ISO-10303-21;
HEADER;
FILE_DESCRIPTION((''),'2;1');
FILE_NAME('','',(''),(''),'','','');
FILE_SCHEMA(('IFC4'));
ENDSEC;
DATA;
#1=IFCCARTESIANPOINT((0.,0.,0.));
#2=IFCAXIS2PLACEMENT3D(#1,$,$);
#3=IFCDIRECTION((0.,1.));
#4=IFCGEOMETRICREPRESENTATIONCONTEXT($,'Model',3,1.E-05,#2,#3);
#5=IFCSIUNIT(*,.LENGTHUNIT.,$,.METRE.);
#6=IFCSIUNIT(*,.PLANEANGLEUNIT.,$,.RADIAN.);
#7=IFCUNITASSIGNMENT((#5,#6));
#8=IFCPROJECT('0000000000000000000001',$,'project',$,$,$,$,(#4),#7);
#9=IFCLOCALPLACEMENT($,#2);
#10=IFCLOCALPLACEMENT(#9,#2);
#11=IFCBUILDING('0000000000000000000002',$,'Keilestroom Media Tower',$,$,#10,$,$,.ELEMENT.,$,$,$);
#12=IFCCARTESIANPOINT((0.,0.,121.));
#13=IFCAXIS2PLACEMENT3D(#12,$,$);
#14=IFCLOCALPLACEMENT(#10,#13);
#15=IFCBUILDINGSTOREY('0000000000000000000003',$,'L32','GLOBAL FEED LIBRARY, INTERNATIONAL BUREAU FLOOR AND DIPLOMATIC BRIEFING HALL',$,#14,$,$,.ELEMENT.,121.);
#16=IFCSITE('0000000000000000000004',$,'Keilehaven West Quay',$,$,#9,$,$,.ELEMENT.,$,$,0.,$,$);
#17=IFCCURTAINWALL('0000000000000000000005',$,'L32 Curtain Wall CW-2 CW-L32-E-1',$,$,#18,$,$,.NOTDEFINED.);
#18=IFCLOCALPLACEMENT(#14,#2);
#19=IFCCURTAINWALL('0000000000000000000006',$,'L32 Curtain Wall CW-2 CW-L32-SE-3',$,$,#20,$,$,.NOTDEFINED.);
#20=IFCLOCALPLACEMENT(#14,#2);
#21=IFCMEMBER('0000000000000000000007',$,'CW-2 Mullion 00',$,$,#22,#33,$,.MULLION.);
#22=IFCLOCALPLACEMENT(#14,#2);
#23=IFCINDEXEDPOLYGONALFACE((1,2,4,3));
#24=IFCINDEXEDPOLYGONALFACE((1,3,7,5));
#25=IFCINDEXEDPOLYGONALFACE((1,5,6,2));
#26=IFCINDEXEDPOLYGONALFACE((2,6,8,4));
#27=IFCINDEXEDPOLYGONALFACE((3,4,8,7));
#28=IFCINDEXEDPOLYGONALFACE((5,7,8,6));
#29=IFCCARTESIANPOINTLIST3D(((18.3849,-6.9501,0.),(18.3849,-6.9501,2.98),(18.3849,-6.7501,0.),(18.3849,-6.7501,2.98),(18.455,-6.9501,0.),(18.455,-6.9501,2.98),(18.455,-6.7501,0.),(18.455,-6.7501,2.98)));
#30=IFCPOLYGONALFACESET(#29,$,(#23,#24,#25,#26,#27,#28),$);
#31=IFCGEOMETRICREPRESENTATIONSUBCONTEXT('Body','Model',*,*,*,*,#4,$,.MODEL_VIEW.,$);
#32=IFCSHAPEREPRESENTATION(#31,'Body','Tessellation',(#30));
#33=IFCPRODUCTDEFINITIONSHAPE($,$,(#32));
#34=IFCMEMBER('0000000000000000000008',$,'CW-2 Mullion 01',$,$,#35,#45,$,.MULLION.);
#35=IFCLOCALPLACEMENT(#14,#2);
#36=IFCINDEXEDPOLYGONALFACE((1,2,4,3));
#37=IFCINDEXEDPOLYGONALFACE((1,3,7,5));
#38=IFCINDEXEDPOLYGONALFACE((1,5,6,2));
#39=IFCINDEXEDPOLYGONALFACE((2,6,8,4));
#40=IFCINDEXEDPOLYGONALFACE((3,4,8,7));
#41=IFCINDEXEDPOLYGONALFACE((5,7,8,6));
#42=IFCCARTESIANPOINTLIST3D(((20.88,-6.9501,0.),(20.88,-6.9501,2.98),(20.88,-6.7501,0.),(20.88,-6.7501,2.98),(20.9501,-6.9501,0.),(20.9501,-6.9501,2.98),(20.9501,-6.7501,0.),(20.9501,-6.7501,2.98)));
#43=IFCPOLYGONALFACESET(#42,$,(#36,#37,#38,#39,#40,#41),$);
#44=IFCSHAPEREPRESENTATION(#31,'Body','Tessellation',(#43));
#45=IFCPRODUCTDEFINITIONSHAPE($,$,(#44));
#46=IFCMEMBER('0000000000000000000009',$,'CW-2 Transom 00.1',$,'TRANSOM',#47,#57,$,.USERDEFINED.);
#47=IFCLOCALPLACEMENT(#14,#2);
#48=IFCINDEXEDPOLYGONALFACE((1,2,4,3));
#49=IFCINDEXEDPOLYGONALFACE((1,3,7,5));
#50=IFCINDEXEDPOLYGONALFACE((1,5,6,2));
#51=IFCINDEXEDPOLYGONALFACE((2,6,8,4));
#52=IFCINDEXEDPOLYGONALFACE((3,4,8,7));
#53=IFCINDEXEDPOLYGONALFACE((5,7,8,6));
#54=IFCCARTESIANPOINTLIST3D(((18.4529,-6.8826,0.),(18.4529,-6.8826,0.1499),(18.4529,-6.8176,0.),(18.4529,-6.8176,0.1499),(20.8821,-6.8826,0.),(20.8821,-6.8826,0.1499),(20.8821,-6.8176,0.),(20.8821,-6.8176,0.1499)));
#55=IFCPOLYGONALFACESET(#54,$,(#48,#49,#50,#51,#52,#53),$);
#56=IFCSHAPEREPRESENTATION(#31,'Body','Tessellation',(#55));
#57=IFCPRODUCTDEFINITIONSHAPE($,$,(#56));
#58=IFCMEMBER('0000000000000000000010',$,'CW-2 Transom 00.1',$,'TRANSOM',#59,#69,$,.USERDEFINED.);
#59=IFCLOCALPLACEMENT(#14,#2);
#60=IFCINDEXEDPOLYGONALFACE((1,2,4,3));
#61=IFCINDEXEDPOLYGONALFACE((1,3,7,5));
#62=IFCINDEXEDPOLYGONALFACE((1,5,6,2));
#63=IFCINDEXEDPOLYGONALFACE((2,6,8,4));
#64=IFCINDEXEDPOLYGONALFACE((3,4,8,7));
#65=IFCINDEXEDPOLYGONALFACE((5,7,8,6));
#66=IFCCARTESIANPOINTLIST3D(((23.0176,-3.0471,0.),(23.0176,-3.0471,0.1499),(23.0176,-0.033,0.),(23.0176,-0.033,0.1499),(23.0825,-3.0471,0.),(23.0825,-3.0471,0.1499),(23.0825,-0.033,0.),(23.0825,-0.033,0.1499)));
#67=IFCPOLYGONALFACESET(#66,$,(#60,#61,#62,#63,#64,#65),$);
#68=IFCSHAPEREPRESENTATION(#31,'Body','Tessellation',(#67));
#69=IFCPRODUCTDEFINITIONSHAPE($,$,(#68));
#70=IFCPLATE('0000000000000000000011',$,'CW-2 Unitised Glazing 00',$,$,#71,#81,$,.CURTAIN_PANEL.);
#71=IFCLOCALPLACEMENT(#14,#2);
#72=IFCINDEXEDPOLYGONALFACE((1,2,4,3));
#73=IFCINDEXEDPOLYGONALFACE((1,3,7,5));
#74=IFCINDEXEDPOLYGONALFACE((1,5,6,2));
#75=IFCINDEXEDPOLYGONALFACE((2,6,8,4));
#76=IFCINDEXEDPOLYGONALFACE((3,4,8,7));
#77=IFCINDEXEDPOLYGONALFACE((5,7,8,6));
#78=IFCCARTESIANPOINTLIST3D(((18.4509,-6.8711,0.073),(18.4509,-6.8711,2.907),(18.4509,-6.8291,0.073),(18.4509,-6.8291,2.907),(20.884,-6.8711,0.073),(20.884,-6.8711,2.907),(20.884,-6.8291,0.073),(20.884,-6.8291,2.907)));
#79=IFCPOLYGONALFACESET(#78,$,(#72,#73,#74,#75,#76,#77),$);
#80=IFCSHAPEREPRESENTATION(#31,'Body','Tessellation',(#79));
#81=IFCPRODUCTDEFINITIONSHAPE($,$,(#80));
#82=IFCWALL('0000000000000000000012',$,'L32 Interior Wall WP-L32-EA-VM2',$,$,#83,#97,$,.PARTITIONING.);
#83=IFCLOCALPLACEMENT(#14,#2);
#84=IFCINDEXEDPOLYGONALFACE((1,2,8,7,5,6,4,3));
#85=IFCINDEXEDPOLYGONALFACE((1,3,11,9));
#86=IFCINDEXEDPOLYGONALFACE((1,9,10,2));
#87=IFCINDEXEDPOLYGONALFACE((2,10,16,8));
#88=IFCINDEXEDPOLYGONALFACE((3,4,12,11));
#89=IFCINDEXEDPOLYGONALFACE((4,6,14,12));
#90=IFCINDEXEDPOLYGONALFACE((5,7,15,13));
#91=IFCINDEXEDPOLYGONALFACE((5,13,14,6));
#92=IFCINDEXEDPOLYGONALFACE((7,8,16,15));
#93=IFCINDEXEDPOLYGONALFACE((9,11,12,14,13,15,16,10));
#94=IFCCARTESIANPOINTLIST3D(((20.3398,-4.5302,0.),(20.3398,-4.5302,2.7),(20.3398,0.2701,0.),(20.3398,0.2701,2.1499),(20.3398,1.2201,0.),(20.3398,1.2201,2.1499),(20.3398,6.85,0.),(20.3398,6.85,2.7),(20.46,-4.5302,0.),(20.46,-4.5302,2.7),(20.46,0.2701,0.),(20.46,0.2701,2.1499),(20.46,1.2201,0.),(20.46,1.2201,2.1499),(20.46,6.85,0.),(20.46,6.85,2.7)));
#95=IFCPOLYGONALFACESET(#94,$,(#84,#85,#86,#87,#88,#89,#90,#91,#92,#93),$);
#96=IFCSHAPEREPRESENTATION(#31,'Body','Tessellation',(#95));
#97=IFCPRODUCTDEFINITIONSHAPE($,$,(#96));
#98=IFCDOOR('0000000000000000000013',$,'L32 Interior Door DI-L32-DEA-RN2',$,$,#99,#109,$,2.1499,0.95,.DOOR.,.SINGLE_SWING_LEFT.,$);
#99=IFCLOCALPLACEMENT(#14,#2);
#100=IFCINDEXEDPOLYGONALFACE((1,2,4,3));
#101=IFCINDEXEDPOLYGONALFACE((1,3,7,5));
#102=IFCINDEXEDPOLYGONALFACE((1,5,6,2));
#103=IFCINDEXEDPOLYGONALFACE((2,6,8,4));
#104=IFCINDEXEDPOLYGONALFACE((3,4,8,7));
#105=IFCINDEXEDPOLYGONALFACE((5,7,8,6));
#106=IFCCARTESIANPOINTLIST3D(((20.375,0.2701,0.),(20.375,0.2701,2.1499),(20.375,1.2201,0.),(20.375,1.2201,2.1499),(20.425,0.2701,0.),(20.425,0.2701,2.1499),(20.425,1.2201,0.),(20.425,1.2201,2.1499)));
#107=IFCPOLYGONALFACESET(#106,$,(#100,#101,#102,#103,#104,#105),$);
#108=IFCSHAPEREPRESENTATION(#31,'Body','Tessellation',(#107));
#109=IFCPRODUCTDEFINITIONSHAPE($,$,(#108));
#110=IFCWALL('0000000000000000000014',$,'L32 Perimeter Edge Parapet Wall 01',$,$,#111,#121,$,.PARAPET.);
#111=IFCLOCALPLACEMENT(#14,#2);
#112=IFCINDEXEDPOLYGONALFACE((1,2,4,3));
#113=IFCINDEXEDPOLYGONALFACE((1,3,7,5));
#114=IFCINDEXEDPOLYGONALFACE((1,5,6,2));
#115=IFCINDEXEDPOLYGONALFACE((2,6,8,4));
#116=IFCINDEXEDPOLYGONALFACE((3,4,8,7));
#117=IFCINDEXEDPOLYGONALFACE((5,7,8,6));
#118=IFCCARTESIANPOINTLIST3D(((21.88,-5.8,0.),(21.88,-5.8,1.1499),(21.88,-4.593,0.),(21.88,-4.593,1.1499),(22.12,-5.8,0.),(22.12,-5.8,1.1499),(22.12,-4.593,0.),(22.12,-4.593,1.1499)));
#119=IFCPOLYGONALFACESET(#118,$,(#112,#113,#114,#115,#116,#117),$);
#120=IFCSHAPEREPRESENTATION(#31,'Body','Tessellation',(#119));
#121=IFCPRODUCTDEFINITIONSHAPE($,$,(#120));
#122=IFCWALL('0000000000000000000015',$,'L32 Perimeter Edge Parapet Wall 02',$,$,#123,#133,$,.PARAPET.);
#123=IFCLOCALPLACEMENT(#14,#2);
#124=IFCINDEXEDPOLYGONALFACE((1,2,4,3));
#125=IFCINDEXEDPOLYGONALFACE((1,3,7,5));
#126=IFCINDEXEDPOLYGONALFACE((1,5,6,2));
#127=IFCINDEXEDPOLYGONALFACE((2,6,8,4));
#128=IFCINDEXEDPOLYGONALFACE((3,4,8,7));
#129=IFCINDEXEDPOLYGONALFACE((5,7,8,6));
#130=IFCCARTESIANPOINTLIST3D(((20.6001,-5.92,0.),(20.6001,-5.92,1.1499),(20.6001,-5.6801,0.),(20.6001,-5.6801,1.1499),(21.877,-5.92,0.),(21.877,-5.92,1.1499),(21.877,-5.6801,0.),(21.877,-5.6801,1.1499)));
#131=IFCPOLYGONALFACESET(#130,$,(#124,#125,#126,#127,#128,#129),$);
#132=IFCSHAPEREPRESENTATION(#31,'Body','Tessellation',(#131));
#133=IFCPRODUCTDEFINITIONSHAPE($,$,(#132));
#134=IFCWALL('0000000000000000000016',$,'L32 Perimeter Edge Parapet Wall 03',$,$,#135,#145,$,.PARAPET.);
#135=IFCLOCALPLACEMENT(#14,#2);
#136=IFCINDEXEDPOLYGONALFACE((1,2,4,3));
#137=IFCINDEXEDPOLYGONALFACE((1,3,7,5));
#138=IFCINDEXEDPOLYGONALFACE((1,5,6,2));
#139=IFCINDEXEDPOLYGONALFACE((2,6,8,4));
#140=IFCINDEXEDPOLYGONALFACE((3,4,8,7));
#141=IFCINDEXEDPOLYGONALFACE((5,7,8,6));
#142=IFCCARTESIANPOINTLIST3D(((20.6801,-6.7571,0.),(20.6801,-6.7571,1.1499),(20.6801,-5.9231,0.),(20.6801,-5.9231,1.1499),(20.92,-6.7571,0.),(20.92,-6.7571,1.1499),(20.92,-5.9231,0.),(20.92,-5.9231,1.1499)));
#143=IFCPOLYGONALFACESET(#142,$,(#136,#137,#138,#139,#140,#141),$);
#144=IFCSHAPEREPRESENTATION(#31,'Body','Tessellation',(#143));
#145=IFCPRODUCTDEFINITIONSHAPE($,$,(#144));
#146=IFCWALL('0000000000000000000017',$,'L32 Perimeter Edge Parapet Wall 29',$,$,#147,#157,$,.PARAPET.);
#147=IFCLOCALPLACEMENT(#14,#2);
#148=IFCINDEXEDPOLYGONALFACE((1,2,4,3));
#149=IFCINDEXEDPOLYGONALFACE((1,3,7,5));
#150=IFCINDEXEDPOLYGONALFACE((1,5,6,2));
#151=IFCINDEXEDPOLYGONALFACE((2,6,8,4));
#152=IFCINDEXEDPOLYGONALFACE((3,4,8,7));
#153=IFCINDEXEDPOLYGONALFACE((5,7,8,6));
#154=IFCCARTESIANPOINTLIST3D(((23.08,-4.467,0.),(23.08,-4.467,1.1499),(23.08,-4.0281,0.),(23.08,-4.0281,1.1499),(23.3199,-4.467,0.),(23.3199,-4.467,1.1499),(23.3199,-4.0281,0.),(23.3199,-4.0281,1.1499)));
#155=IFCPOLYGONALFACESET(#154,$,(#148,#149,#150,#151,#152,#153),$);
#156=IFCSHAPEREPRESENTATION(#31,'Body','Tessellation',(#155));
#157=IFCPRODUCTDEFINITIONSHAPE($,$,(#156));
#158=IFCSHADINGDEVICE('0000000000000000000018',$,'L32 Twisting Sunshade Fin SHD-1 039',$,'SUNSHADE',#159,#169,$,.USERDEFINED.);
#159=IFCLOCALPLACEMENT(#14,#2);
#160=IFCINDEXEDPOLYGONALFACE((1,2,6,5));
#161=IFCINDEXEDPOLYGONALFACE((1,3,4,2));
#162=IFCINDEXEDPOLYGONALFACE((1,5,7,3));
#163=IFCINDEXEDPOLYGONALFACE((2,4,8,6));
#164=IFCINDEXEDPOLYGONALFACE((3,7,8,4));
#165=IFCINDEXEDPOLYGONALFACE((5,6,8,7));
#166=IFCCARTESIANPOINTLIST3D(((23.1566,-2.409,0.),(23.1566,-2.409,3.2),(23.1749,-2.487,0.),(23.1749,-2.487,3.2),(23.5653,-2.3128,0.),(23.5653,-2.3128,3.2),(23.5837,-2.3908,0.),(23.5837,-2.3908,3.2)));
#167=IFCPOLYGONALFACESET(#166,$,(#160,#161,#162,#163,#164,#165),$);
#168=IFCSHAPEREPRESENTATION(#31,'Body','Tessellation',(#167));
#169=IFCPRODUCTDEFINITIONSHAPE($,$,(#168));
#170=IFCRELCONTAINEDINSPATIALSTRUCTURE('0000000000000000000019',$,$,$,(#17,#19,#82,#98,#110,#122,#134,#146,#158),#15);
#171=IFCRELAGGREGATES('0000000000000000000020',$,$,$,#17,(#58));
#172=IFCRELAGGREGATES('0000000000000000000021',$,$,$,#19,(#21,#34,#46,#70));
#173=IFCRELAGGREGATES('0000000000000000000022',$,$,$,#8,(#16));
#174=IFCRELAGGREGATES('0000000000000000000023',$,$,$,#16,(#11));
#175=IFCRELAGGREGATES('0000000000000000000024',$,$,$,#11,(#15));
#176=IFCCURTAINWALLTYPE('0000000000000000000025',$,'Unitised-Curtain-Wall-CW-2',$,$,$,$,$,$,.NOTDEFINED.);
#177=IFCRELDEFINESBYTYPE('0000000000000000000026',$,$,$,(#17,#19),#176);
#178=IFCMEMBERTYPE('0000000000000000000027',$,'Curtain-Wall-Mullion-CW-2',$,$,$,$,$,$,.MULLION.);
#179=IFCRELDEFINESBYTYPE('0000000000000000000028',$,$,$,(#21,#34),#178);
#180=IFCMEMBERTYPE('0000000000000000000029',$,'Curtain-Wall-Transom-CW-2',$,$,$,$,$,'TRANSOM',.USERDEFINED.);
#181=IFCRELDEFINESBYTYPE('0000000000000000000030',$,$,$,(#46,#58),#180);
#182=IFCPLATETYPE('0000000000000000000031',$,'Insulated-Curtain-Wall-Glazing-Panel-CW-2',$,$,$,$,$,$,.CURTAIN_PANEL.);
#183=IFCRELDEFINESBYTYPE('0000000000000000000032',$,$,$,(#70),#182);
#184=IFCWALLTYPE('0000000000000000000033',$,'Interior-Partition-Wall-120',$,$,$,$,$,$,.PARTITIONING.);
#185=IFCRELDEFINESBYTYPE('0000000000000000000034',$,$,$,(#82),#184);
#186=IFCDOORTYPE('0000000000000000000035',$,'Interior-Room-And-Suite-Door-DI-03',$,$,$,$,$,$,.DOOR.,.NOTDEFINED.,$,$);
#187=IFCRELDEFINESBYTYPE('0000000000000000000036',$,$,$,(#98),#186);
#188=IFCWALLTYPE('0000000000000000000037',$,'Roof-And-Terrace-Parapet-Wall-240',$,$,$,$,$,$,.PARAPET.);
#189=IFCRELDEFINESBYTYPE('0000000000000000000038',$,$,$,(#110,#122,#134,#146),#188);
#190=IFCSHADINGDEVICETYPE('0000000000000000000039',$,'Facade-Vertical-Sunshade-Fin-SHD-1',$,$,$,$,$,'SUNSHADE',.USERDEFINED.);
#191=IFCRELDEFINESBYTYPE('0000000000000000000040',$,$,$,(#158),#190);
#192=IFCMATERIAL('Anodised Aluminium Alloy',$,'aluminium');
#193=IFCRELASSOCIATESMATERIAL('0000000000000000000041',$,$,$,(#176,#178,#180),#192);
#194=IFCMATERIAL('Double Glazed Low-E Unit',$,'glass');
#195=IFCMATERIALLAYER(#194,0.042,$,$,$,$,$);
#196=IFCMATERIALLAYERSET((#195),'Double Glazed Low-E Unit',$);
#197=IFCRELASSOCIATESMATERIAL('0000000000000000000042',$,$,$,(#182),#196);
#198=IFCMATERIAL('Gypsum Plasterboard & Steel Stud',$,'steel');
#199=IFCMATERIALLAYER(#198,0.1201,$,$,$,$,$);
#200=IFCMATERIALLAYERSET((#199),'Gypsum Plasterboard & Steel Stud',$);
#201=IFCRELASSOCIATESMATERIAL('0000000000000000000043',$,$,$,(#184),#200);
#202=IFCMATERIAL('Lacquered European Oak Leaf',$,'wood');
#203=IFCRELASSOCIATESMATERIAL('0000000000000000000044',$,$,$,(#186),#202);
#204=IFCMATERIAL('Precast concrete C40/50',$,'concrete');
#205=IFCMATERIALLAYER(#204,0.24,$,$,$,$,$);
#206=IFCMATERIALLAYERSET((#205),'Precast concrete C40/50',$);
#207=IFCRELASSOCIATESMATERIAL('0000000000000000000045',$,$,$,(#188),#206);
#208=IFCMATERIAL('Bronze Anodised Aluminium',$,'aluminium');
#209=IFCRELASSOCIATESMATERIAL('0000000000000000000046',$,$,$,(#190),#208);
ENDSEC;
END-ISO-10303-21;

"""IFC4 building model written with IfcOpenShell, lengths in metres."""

from ifc_helpers import new_model, si_unit, direction, frame, frame_2d, origin, origin_2d, place, context, subcontext, project, spatial, rectangle, extrude, source, transform, mapped, material, layer, layer_set, material_profile, profile_set, type_object, element, fill, aggregate, save


model = new_model("IFC4")

# Units and contexts
model_context = context("Model", 3, precision=1e-05, world=origin(), true_north=direction((0.0, 1.0)))
body_context = subcontext(model_context, "Body", "Model", "MODEL_VIEW")
ifc_project = project(units=[si_unit("LENGTHUNIT", "METRE"), si_unit("PLANEANGLEUNIT", "RADIAN")], contexts=[model_context])

# Site, building, storey
site_placement = place(None, origin())
site = spatial("IfcSite", under=ifc_project, at=site_placement, Name="Keilehaven West Quay", CompositionType="ELEMENT", RefElevation=0.0)
building_placement = place(site_placement, origin())
building = spatial("IfcBuilding", under=site, at=building_placement, Name="Keilestroom Media Tower", CompositionType="ELEMENT")
storey_placement = place(building_placement, frame((0.0, 0.0, 121.0)))
storey = spatial("IfcBuildingStorey", under=building, at=storey_placement, Name="L32", Description="GLOBAL FEED LIBRARY, INTERNATIONAL BUREAU FLOOR AND DIPLOMATIC BRIEFING HALL", CompositionType="ELEMENT", Elevation=121.0)

# Shared definitions
ifc_material_1 = material(Name="Precast concrete C40/50", Category="concrete")

# Curtain wall
ifc_material_2 = material(Name="Anodised Aluminium Alloy", Category="aluminium")
curtain_wall_type = type_object("IfcCurtainWallType", Name="Unitised-Curtain-Wall-CW-2", PredefinedType="NOTDEFINED", material=ifc_material_2)
curtain_wall_1_placement = place(storey_placement, origin())
curtain_wall_1 = element("IfcCurtainWall", 1, at=curtain_wall_1_placement, inside=storey, type_object=curtain_wall_type, Name="L32 Curtain Wall CW-2 CW-L32-E-1", PredefinedType="NOTDEFINED")
ifc_material_profile_1 = material_profile(ifc_material_2, rectangle(XDim=0.0701, YDim=0.2, at=origin_2d()), Name="ALU MULLION 70x200")
ifc_profile_set_1 = profile_set([ifc_material_profile_1], Name="Anodised Aluminium Alloy")
member_type_1 = type_object("IfcMemberType", Name="Curtain-Wall-Mullion-CW-2", PredefinedType="MULLION", material=ifc_profile_set_1)
shared_shape_1 = source(origin(), body_context, "Body", "SweptSolid", [
    extrude(rectangle(XDim=0.0701, YDim=0.2, at=origin_2d()), origin(), (0.0, 0.0, 1.0), 2.98),
])

# Curtain wall, members
curtain_wall_2_placement = place(storey_placement, origin())
curtain_wall_2 = element("IfcCurtainWall", 2, at=curtain_wall_2_placement, inside=storey, type_object=curtain_wall_type, Name="L32 Curtain Wall CW-2 CW-L32-SE-3", PredefinedType="NOTDEFINED")
member_1_placement = place(storey_placement, frame((18.4199, -6.8501, 0.0), z_axis=(0.0, 0.0, 1.0), x_axis=(1.0, 0.0, 0.0)))
member_1 = element("IfcMember", 3, at=member_1_placement, type_object=member_type_1, Name="CW-2 Mullion 00", PredefinedType="MULLION", context=body_context, shape_type="MappedRepresentation", body=[
    mapped(shared_shape_1, transform((0.0, 0.0, 0.0), x_axis=(1.0, 0.0, 0.0), y_axis=(0.0, 1.0, 0.0), z_axis=(0.0, 0.0, 1.0), scale=1.0)),
])
member_2_placement = place(storey_placement, frame((20.915, -6.8501, 0.0), z_axis=(0.0, 0.0, 1.0), x_axis=(1.0, 0.0, 0.0)))
member_2 = element("IfcMember", 4, at=member_2_placement, type_object=member_type_1, Name="CW-2 Mullion 01", PredefinedType="MULLION", context=body_context, shape_type="MappedRepresentation", body=[
    mapped(shared_shape_1, transform((0.0, 0.0, 0.0), x_axis=(1.0, 0.0, 0.0), y_axis=(0.0, 1.0, 0.0), z_axis=(0.0, 0.0, 1.0), scale=1.0)),
])
ifc_material_profile_2 = material_profile(ifc_material_2, rectangle(XDim=0.0649, YDim=0.1499, at=origin_2d()), Name="ALU TRANSOM 65x150")
ifc_profile_set_2 = profile_set([ifc_material_profile_2], Name="Anodised Aluminium Alloy")
member_type_2 = type_object("IfcMemberType", Name="Curtain-Wall-Transom-CW-2", ElementType="TRANSOM", PredefinedType="USERDEFINED", material=ifc_profile_set_2)
shared_shape_2 = source(origin(), body_context, "Body", "SweptSolid", [
    extrude(rectangle(XDim=0.0649, YDim=0.1499, at=origin_2d()), origin(), (0.0, 0.0, 1.0), 2.4292),
])
member_3_placement = place(storey_placement, frame((18.4529, -6.8501, 0.075), z_axis=(1.0, 0.0, 0.0), x_axis=(0.0, 1.0, 0.0)))
member_3 = element("IfcMember", 5, at=member_3_placement, type_object=member_type_2, Name="CW-2 Transom 00.1", ObjectType="TRANSOM", PredefinedType="USERDEFINED", context=body_context, shape_type="MappedRepresentation", body=[
    mapped(shared_shape_2, transform((0.0, 0.0, 0.0), x_axis=(1.0, 0.0, 0.0), y_axis=(0.0, 1.0, 0.0), z_axis=(0.0, 0.0, 1.0), scale=1.0)),
])

# Member
shared_shape_3 = source(origin(), body_context, "Body", "SweptSolid", [
    extrude(rectangle(XDim=0.0649, YDim=0.1499, at=origin_2d()), origin(), (0.0, 0.0, 1.0), 3.0142),
])
member_4_placement = place(storey_placement, frame((23.05, -3.0471, 0.075), z_axis=(0.0, 1.0, 0.0), x_axis=(-1.0, 0.0, 0.0)))
member_4 = element("IfcMember", 6, at=member_4_placement, type_object=member_type_2, Name="CW-2 Transom 00.1", ObjectType="TRANSOM", PredefinedType="USERDEFINED", context=body_context, shape_type="MappedRepresentation", body=[
    mapped(shared_shape_3, transform((0.0, 0.0, 0.0), x_axis=(1.0, 0.0, 0.0), y_axis=(0.0, 1.0, 0.0), z_axis=(0.0, 0.0, 1.0), scale=1.0)),
])
aggregate(curtain_wall_1, [member_4])

# Plate
ifc_material_3 = material(Name="Double Glazed Low-E Unit", Category="glass")
ifc_layer_1 = layer(ifc_material_3, 0.042)
ifc_layer_set_1 = layer_set([ifc_layer_1], Name="Double Glazed Low-E Unit")
plate_type = type_object("IfcPlateType", Name="Insulated-Curtain-Wall-Glazing-Panel-CW-2", PredefinedType="CURTAIN_PANEL", material=ifc_layer_set_1)
shared_shape_4 = source(origin(), body_context, "Body", "SweptSolid", [
    extrude(rectangle(XDim=2.4331, YDim=0.042, at=origin_2d()), origin(), (0.0, 0.0, 1.0), 2.834),
])
plate_placement = place(storey_placement, frame((19.6675, -6.8501, 0.073), z_axis=(0.0, 0.0, 1.0), x_axis=(1.0, 0.0, 0.0)))
plate = element("IfcPlate", 7, at=plate_placement, type_object=plate_type, Name="CW-2 Unitised Glazing 00", PredefinedType="CURTAIN_PANEL", context=body_context, shape_type="MappedRepresentation", body=[
    mapped(shared_shape_4, transform((0.0, 0.0, 0.0), x_axis=(1.0, 0.0, 0.0), y_axis=(0.0, 1.0, 0.0), z_axis=(0.0, 0.0, 1.0), scale=1.0)),
])
aggregate(curtain_wall_2, [member_1, member_2, member_3, plate])

# Wall, opening, door
ifc_material_4 = material(Name="Gypsum Plasterboard & Steel Stud", Category="steel")
ifc_layer_2 = layer(ifc_material_4, 0.1201)
ifc_layer_set_2 = layer_set([ifc_layer_2], Name="Gypsum Plasterboard & Steel Stud")
wall_type_1 = type_object("IfcWallType", Name="Interior-Partition-Wall-120", PredefinedType="PARTITIONING", material=ifc_layer_set_2)
wall_1_placement = place(storey_placement, frame((20.3999, -4.53, 0.0), z_axis=(0.0, 0.0, 1.0), x_axis=(0.0, 1.0, 0.0)))
wall_1 = element("IfcWall", 8, at=wall_1_placement, inside=storey, type_object=wall_type_1, Name="L32 Interior Wall WP-L32-EA-VM2", PredefinedType="PARTITIONING", context=body_context, shape_type="SweptSolid", body=[
    extrude(rectangle(XDim=11.3801, YDim=0.1201, at=frame_2d((5.6899, 0.0))), origin(), (0.0, 0.0, 1.0), 2.7),
])
opening_placement = place(wall_1_placement, frame((4.8, 0.0, 0.0)))
opening = element("IfcOpeningElement", 9, at=opening_placement, cuts=wall_1, PredefinedType="OPENING", context=body_context, shape_type="SweptSolid", body=[
    extrude(rectangle(XDim=0.95, YDim=2.1499, at=frame_2d((0.4751, 1.075))), frame((0.0, 0.0701, 0.0), z_axis=(0.0, -1.0, 0.0), x_axis=(1.0, 0.0, 0.0)), (0.0, 0.0, 1.0), 0.1401),
])
ifc_material_5 = material(Name="Lacquered European Oak Leaf", Category="wood")
door_type = type_object("IfcDoorType", Name="Interior-Room-And-Suite-Door-DI-03", OperationType="NOTDEFINED", PredefinedType="DOOR", material=ifc_material_5)
shared_shape_5 = source(origin(), body_context, "Body", "SweptSolid", [
    extrude(rectangle(XDim=0.95, YDim=2.1499, at=frame_2d((0.4751, 1.075))), frame((0.0, 0.0249, 0.0), z_axis=(0.0, -1.0, 0.0), x_axis=(1.0, 0.0, 0.0)), (0.0, 0.0, 1.0), 0.05),
])
door_placement = place(opening_placement, origin())
door = element("IfcDoor", 10, at=door_placement, inside=storey, type_object=door_type, Name="L32 Interior Door DI-L32-DEA-RN2", OperationType="SINGLE_SWING_LEFT", OverallHeight=2.1499, OverallWidth=0.95, PredefinedType="DOOR", context=body_context, shape_type="MappedRepresentation", body=[
    mapped(shared_shape_5, transform((0.0, 0.0, 0.0), x_axis=(1.0, 0.0, 0.0), y_axis=(0.0, 1.0, 0.0), z_axis=(0.0, 0.0, 1.0), scale=1.0)),
])
fill(opening, door)

# Walls
ifc_layer_3 = layer(ifc_material_1, 0.24)
ifc_layer_set_3 = layer_set([ifc_layer_3], Name="Precast concrete C40/50")
wall_type_2 = type_object("IfcWallType", Name="Roof-And-Terrace-Parapet-Wall-240", PredefinedType="PARAPET", material=ifc_layer_set_3)
wall_2_placement = place(storey_placement, frame((22.0, -4.593, 0.0), z_axis=(0.0, 0.0, 1.0), x_axis=(0.0, -1.0, 0.0)))
element("IfcWall", 11, at=wall_2_placement, inside=storey, type_object=wall_type_2, Name="L32 Perimeter Edge Parapet Wall 01", PredefinedType="PARAPET", context=body_context, shape_type="SweptSolid", body=[
    extrude(rectangle(XDim=1.207, YDim=0.24, at=frame_2d((0.6035, 0.0))), origin(), (0.0, 0.0, 1.0), 1.1499),
])
wall_3_placement = place(storey_placement, frame((21.877, -5.8, 0.0), z_axis=(0.0, 0.0, 1.0), x_axis=(-1.0, 0.0, 0.0)))
element("IfcWall", 12, at=wall_3_placement, inside=storey, type_object=wall_type_2, Name="L32 Perimeter Edge Parapet Wall 02", PredefinedType="PARAPET", context=body_context, shape_type="SweptSolid", body=[
    extrude(rectangle(XDim=1.2769, YDim=0.24, at=frame_2d((0.6384, 0.0))), origin(), (0.0, 0.0, 1.0), 1.1499),
])
wall_4_placement = place(storey_placement, frame((20.8, -5.9231, 0.0), z_axis=(0.0, 0.0, 1.0), x_axis=(0.0, -1.0, 0.0)))
element("IfcWall", 13, at=wall_4_placement, inside=storey, type_object=wall_type_2, Name="L32 Perimeter Edge Parapet Wall 03", PredefinedType="PARAPET", context=body_context, shape_type="SweptSolid", body=[
    extrude(rectangle(XDim=0.834, YDim=0.24, at=frame_2d((0.417, 0.0))), origin(), (0.0, 0.0, 1.0), 1.1499),
])
wall_5_placement = place(storey_placement, frame((23.2, -4.0281, 0.0), z_axis=(0.0, 0.0, 1.0), x_axis=(0.0, -1.0, 0.0)))
element("IfcWall", 14, at=wall_5_placement, inside=storey, type_object=wall_type_2, Name="L32 Perimeter Edge Parapet Wall 29", PredefinedType="PARAPET", context=body_context, shape_type="SweptSolid", body=[
    extrude(rectangle(XDim=0.439, YDim=0.24, at=frame_2d((0.2195, 0.0))), origin(), (0.0, 0.0, 1.0), 1.1499),
])

# Shading device
ifc_material_6 = material(Name="Bronze Anodised Aluminium", Category="aluminium")
shading_device_type = type_object("IfcShadingDeviceType", Name="Facade-Vertical-Sunshade-Fin-SHD-1", ElementType="SUNSHADE", PredefinedType="USERDEFINED", material=ifc_material_6)
shared_shape_6 = source(origin(), body_context, "Body", "SweptSolid", [
    extrude(rectangle(XDim=0.4199, YDim=0.0801, at=origin_2d()), origin(), (0.0, 0.0, 1.0), 3.2),
])
shading_device_placement = place(storey_placement, frame((23.3701, -2.3999, 0.0), z_axis=(0.0, 0.0, 1.0), x_axis=(0.973419, 0.229031, 0.0)))
element("IfcShadingDevice", 15, at=shading_device_placement, inside=storey, type_object=shading_device_type, Name="L32 Twisting Sunshade Fin SHD-1 039", ObjectType="SUNSHADE", PredefinedType="USERDEFINED", context=body_context, shape_type="MappedRepresentation", body=[
    mapped(shared_shape_6, transform((0.0, 0.0, 0.0), x_axis=(1.0, 0.0, 0.0), y_axis=(0.0, 1.0, 0.0), z_axis=(0.0, 0.0, 1.0), scale=1.0)),
])

save(model, "model.ifc")
